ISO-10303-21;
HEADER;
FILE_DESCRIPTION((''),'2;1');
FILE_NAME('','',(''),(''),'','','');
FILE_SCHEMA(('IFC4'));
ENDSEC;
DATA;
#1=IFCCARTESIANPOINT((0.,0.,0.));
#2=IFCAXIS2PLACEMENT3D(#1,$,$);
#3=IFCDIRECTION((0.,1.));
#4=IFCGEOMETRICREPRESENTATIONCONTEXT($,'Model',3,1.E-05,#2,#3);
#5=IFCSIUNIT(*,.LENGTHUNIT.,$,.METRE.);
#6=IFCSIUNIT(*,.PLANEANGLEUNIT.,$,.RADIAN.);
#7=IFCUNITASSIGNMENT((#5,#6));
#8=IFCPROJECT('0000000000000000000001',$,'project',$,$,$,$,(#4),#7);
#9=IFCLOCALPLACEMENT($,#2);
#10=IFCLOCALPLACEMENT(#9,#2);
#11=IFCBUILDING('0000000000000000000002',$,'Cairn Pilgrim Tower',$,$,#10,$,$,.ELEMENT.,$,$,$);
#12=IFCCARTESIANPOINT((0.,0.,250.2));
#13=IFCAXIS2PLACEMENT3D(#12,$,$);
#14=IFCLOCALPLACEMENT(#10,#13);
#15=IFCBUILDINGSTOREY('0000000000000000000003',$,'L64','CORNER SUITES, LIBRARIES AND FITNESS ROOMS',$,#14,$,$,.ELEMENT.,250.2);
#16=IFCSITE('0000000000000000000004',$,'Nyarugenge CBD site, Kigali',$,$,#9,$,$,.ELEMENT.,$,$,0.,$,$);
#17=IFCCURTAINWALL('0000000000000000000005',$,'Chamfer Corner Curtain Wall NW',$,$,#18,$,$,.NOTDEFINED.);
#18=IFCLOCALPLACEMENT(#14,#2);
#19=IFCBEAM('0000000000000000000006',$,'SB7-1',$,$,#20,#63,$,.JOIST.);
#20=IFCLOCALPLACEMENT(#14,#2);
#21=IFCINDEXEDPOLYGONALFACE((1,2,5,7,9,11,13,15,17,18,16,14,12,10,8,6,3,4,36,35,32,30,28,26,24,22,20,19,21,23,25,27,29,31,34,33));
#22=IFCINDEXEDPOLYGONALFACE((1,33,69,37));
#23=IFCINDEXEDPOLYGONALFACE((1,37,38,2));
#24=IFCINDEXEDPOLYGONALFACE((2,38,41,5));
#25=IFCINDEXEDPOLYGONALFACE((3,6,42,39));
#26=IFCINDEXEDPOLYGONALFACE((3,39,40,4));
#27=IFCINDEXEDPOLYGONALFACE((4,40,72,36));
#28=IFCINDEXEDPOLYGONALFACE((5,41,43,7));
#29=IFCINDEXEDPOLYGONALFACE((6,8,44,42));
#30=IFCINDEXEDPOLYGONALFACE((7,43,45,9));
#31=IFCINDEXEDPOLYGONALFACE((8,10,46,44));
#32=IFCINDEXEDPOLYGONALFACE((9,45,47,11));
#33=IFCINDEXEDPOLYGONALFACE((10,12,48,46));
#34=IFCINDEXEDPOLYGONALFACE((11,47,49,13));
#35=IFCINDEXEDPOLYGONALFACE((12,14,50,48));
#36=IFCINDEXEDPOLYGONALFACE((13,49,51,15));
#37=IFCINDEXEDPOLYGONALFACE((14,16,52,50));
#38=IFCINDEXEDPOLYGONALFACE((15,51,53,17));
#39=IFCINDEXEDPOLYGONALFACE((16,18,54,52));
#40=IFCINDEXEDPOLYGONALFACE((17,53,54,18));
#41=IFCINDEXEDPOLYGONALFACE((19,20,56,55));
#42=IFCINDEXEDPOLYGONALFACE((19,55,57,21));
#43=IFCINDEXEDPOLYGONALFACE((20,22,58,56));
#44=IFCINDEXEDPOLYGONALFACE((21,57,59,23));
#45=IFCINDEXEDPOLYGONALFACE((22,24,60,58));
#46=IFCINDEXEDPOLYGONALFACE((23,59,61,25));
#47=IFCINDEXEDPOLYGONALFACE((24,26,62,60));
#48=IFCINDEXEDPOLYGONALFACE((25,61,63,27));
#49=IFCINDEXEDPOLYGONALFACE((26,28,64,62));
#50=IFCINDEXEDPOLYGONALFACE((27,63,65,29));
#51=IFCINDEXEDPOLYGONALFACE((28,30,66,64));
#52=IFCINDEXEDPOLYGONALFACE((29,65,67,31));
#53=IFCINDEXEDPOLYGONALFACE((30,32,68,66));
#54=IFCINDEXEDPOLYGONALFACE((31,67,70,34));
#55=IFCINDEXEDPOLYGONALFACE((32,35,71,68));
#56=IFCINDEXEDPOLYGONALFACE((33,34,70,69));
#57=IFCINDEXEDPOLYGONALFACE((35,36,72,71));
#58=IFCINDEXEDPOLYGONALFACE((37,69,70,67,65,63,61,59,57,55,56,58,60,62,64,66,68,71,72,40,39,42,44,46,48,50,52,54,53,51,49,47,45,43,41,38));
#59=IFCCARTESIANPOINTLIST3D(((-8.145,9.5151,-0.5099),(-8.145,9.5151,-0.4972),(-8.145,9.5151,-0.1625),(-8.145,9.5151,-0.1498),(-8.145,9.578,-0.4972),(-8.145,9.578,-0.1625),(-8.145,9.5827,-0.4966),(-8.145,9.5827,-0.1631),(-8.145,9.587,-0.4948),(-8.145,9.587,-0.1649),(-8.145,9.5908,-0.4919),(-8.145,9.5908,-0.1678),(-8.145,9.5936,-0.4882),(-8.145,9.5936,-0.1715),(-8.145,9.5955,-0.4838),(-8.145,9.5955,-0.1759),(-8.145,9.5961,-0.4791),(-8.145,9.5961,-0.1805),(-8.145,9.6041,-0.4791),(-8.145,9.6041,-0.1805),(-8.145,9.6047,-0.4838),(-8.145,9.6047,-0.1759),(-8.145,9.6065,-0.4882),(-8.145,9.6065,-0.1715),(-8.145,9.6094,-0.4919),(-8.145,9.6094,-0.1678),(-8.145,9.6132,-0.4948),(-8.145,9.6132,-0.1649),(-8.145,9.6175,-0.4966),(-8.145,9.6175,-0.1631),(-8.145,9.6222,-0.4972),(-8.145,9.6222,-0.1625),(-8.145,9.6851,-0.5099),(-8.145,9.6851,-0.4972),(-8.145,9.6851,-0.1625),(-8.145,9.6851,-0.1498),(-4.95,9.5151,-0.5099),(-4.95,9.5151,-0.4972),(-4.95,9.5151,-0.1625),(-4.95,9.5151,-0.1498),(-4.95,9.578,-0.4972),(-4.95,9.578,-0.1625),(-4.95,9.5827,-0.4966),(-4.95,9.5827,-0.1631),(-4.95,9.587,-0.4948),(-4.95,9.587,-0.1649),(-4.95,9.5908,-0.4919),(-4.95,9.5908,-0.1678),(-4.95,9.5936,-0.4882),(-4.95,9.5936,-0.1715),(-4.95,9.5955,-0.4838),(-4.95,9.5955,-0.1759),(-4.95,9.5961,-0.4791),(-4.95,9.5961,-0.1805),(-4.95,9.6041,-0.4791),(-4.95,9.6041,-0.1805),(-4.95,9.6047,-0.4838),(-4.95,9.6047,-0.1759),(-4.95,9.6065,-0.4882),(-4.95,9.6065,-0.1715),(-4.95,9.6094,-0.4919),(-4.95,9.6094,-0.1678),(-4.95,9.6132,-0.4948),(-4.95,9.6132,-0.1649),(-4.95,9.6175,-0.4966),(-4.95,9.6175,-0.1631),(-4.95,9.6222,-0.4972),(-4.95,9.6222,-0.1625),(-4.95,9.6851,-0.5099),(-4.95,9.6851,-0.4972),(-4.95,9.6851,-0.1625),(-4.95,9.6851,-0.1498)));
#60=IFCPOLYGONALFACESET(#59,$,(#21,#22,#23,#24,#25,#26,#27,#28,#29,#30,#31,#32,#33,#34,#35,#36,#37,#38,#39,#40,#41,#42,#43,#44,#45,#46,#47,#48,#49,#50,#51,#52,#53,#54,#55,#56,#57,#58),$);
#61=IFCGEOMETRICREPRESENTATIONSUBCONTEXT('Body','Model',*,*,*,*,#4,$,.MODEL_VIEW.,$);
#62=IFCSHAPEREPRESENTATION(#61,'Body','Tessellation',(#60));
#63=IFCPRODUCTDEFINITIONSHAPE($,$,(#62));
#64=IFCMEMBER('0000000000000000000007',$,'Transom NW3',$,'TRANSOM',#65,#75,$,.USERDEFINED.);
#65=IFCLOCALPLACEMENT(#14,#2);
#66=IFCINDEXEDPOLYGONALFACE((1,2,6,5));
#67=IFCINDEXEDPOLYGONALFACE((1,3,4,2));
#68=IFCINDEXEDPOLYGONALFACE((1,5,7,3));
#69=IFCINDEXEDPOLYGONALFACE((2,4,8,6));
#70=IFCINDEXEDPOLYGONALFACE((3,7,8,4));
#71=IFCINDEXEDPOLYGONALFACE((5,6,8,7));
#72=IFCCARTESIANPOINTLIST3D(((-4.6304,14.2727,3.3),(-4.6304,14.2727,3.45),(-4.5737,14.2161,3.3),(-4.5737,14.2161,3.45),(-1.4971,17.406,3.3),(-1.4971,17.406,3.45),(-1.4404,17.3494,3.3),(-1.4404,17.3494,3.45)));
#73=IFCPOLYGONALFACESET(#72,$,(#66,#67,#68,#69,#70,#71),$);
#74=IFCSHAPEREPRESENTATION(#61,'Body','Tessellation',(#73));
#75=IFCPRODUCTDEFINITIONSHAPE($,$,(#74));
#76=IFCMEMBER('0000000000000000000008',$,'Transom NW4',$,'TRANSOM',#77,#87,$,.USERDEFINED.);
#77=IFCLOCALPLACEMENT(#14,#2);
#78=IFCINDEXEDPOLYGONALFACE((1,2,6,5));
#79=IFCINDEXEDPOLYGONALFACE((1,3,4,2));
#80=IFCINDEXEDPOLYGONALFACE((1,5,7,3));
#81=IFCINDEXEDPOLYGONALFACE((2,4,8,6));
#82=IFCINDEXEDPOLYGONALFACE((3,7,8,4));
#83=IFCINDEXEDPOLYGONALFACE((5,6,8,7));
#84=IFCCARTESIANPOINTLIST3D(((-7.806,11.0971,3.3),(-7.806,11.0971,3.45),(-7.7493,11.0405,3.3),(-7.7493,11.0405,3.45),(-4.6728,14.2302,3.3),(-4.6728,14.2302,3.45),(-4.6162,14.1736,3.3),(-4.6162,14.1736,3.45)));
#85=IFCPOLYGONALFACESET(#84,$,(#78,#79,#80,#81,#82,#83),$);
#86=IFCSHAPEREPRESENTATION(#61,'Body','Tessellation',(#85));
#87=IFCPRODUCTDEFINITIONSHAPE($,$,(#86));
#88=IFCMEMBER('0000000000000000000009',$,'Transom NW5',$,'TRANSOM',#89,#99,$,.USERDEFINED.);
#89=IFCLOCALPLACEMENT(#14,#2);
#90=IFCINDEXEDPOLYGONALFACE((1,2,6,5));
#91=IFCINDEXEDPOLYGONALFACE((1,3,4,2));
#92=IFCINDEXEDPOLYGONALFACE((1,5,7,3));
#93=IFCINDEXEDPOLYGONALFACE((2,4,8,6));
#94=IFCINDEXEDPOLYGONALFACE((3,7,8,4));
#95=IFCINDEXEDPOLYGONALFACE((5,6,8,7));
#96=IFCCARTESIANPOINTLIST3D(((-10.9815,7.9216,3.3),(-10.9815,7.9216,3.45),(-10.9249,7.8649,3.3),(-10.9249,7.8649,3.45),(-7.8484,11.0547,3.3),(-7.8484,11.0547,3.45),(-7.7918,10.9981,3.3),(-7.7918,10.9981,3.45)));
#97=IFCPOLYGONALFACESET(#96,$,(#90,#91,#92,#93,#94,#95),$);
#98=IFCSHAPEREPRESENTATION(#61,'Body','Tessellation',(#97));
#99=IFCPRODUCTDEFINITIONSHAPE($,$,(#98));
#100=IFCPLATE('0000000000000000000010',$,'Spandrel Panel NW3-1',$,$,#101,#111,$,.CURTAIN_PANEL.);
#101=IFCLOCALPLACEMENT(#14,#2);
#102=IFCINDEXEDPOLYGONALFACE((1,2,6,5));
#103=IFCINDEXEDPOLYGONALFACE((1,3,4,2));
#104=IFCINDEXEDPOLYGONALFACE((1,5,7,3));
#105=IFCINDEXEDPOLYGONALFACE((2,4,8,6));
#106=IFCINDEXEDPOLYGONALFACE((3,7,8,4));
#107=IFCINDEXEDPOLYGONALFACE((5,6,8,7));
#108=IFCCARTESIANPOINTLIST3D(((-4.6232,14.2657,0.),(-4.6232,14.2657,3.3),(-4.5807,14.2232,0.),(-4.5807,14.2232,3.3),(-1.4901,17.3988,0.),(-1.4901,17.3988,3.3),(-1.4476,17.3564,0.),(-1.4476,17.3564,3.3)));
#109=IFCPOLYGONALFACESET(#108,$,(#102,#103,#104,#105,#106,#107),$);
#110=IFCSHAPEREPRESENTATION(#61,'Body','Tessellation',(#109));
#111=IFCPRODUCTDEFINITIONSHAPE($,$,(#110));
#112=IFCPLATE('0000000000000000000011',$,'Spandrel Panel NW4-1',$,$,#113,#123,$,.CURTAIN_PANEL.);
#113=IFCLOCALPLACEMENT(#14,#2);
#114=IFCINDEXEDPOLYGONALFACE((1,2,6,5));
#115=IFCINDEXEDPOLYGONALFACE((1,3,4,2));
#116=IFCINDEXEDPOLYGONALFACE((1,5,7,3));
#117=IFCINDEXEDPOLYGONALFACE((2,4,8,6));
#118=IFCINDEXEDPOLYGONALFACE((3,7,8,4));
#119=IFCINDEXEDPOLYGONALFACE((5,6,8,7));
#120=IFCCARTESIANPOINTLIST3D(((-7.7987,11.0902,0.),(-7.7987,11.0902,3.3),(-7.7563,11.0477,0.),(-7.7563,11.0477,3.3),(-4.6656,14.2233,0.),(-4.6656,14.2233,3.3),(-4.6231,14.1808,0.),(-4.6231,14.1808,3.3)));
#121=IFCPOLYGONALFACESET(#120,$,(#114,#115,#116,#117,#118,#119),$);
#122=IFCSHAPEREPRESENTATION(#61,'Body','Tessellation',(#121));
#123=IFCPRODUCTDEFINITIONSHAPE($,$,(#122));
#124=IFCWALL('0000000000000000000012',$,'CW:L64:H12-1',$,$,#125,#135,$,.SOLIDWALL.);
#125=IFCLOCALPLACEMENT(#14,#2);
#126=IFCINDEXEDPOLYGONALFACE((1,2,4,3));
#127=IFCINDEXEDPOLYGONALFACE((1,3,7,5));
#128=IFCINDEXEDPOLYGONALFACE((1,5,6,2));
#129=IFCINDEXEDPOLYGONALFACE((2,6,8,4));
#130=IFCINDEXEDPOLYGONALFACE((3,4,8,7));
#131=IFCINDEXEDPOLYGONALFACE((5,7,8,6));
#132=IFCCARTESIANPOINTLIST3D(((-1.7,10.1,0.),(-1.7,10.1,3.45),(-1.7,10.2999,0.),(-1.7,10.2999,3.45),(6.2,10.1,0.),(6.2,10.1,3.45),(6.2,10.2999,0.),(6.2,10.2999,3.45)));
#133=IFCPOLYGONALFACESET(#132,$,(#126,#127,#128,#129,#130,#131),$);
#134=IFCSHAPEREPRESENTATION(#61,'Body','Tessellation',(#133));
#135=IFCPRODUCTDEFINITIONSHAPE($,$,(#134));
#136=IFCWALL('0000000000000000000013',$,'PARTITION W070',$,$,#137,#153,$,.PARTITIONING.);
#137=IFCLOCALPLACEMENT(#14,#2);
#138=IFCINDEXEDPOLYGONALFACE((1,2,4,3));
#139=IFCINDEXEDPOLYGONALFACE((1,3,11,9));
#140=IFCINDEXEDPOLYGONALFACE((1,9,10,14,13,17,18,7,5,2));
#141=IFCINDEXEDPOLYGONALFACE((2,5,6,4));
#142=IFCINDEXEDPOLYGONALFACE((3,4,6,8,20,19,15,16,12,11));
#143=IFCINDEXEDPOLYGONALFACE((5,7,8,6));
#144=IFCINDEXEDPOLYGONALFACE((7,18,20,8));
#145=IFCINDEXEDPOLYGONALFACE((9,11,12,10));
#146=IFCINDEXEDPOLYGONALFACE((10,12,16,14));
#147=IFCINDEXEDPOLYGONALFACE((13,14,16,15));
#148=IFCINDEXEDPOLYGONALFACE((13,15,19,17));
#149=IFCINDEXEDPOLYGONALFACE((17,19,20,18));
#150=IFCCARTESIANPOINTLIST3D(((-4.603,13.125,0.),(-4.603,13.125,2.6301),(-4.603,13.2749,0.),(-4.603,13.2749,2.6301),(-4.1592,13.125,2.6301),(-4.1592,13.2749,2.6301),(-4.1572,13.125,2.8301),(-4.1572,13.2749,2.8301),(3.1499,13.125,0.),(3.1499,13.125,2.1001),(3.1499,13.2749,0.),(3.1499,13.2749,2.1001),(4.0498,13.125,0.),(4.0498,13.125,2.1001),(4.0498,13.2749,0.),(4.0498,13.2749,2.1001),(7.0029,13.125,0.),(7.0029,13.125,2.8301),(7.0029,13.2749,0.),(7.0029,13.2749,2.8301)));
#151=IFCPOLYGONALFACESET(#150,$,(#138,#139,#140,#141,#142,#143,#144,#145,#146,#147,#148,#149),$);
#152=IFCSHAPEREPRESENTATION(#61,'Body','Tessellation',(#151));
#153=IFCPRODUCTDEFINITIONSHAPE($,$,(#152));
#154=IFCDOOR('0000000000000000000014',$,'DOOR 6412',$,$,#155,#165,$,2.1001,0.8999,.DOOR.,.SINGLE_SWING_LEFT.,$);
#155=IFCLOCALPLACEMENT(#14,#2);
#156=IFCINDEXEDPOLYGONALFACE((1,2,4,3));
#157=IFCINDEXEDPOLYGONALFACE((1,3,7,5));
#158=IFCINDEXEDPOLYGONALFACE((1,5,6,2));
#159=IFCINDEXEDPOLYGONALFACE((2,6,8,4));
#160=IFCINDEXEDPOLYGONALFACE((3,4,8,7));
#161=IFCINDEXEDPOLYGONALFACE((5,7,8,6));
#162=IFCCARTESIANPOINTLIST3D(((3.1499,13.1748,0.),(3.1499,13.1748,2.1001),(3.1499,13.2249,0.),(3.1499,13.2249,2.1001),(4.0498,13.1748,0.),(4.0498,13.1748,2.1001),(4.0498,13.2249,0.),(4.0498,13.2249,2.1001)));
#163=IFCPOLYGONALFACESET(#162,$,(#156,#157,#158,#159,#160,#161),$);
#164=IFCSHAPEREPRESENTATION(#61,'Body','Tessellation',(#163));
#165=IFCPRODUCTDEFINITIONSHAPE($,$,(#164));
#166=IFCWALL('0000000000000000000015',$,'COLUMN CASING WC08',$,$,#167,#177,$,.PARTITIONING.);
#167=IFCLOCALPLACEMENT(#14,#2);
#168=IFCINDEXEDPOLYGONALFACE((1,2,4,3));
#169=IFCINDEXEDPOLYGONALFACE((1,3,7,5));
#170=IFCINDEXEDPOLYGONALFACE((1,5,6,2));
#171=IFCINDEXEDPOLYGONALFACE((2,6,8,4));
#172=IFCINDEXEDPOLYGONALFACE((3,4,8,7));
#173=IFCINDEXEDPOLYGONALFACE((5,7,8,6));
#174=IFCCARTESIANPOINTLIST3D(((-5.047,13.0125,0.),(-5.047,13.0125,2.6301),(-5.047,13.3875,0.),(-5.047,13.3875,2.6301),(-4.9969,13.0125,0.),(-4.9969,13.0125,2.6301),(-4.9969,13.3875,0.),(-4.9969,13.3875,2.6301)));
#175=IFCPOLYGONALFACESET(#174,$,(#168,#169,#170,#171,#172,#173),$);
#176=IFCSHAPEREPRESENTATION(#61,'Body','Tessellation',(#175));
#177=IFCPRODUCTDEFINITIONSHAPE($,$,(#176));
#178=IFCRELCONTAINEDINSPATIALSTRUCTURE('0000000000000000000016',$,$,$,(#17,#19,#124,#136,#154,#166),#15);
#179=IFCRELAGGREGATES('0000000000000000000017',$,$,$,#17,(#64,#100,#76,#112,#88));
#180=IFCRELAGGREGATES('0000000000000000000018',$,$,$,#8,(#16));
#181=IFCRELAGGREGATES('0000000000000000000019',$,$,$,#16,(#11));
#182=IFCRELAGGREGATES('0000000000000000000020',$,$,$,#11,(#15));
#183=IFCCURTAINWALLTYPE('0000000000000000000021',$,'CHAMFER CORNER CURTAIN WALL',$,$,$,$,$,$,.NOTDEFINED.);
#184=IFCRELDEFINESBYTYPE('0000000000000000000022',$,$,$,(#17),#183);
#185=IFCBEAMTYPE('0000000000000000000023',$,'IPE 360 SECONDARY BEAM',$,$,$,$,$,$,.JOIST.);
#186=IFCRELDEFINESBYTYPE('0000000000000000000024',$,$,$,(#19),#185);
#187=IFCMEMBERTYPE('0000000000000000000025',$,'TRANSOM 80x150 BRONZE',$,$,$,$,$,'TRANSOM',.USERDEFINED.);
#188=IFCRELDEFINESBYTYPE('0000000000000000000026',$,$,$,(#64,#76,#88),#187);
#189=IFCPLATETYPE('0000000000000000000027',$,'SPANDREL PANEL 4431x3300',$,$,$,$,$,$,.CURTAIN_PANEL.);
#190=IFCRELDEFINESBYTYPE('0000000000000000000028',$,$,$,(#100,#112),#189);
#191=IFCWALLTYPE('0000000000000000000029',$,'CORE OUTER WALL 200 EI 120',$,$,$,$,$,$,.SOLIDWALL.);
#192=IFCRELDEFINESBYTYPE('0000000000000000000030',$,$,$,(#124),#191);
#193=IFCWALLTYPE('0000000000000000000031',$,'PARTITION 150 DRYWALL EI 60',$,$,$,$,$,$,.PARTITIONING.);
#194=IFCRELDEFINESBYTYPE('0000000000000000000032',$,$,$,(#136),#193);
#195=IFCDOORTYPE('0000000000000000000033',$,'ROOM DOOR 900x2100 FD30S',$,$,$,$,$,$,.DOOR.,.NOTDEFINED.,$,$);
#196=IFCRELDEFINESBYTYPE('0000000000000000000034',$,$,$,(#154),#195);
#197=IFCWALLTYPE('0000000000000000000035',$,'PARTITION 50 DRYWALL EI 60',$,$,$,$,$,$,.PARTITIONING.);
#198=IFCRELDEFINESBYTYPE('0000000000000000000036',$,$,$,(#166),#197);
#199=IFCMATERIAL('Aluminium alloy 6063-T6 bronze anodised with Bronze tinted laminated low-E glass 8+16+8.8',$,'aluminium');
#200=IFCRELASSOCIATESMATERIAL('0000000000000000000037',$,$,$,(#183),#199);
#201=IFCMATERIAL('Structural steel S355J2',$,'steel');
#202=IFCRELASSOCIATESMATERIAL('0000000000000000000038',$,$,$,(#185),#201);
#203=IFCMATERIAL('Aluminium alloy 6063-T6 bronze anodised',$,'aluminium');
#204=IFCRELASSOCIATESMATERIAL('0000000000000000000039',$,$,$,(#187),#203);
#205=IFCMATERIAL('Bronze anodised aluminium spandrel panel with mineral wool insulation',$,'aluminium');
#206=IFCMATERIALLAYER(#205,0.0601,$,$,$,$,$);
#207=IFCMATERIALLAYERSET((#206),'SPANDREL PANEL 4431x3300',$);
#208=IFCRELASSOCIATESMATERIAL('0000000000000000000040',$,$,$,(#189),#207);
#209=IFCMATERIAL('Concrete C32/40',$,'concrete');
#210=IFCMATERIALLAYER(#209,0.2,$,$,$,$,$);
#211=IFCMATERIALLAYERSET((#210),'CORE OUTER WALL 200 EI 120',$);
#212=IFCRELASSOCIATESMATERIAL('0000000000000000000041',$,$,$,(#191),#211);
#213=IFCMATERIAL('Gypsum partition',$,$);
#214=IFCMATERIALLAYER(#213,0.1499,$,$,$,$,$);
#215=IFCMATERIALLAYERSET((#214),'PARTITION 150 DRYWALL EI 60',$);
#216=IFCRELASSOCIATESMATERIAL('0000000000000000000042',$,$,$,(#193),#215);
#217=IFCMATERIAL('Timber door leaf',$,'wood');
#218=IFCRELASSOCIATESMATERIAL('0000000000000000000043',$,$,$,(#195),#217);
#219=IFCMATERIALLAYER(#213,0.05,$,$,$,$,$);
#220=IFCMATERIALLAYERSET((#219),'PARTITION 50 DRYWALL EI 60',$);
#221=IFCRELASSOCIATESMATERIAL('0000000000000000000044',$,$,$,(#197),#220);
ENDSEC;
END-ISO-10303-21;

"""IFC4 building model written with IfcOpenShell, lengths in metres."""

from ifc_helpers import new_model, si_unit, direction, frame, frame_2d, origin, origin_2d, place, context, subcontext, project, spatial, polyline, rectangle, i_section, outline, extrude, material, layer, layer_set, material_profile, profile_set, type_object, element, fill, aggregate, save


model = new_model("IFC4")

# Units and contexts
model_context = context("Model", 3, precision=1e-05, world=origin(), true_north=direction((0.0, 1.0)))
body_context = subcontext(model_context, "Body", "Model", "MODEL_VIEW")
ifc_project = project(units=[si_unit("LENGTHUNIT", "METRE"), si_unit("PLANEANGLEUNIT", "RADIAN")], contexts=[model_context])

# Site, building, storey
site_placement = place(None, origin())
site = spatial("IfcSite", under=ifc_project, at=site_placement, Name="Nyarugenge CBD site, Kigali", CompositionType="ELEMENT", RefElevation=0.0)
building_placement = place(site_placement, origin())
building = spatial("IfcBuilding", under=site, at=building_placement, Name="Cairn Pilgrim Tower", CompositionType="ELEMENT")
storey_placement = place(building_placement, frame((0.0, 0.0, 250.2)))
storey = spatial("IfcBuildingStorey", under=building, at=storey_placement, Name="L64", Description="CORNER SUITES, LIBRARIES AND FITNESS ROOMS", CompositionType="ELEMENT", Elevation=250.2)

# Shared definitions
ifc_material_1 = material(Name="Structural steel S355J2", Category="steel")

# Curtain wall
ifc_material_2 = material(Name="Aluminium alloy 6063-T6 bronze anodised with Bronze tinted laminated low-E glass 8+16+8.8", Category="aluminium")
curtain_wall_type = type_object("IfcCurtainWallType", Name="CHAMFER CORNER CURTAIN WALL", PredefinedType="NOTDEFINED", material=ifc_material_2)
curtain_wall_placement = place(storey_placement, origin())
curtain_wall = element("IfcCurtainWall", 1, at=curtain_wall_placement, inside=storey, type_object=curtain_wall_type, Name="Chamfer Corner Curtain Wall NW", PredefinedType="NOTDEFINED")
ifc_material_3 = material(Name="Aluminium alloy 6063-T6 bronze anodised", Category="aluminium")

# Beam
ifc_material_profile_1 = material_profile(ifc_material_1, i_section(OverallWidth=0.1699, OverallDepth=0.3601, WebThickness=0.0081, FlangeThickness=0.0127, FilletRadius=0.0181, at=origin_2d()), Name="IPE 360")
ifc_profile_set_1 = profile_set([ifc_material_profile_1], Name="Structural steel S355J2")
beam_type_1 = type_object("IfcBeamType", Name="IPE 360 SECONDARY BEAM", PredefinedType="JOIST", material=ifc_profile_set_1)
beam_1_placement = place(storey_placement, frame((-8.145, 9.6001, -0.3298), z_axis=(1.0, 0.0, 0.0), x_axis=(0.0, 1.0, 0.0)))
element("IfcBeam", 2, at=beam_1_placement, inside=storey, type_object=beam_type_1, Name="SB7-1", PredefinedType="JOIST", context=body_context, shape_type="SweptSolid", body=[
    extrude(i_section(OverallWidth=0.1699, OverallDepth=0.3601, WebThickness=0.0081, FlangeThickness=0.0127, FilletRadius=0.0181, at=origin_2d()), origin(), (0.0, 0.0, 1.0), 3.1951),
])

# Members
ifc_material_profile_2 = material_profile(ifc_material_3, rectangle(XDim=0.0801, YDim=0.1499, at=origin_2d()), Name="TRANSOM 80x150 BRONZE")
ifc_profile_set_2 = profile_set([ifc_material_profile_2], Name="Aluminium alloy 6063-T6 bronze anodised")
member_type_1 = type_object("IfcMemberType", Name="TRANSOM 80x150 BRONZE", ElementType="TRANSOM", PredefinedType="USERDEFINED", material=ifc_profile_set_2)
member_1_placement = place(storey_placement, frame((-1.4688, 17.3777, 3.375), z_axis=(-0.707107, -0.707107, 0.0), x_axis=(0.707107, -0.707107, 0.0)))
member_1 = element("IfcMember", 3, at=member_1_placement, type_object=member_type_1, Name="Transom NW3", ObjectType="TRANSOM", PredefinedType="USERDEFINED", context=body_context, shape_type="SweptSolid", body=[
    extrude(rectangle(XDim=0.0801, YDim=0.1499, at=origin_2d()), origin(), (0.0, 0.0, 1.0), 4.4312),
])
member_2_placement = place(storey_placement, frame((-4.6445, 14.2019, 3.375), z_axis=(-0.707107, -0.707107, 0.0), x_axis=(0.707107, -0.707107, 0.0)))
member_2 = element("IfcMember", 4, at=member_2_placement, type_object=member_type_1, Name="Transom NW4", ObjectType="TRANSOM", PredefinedType="USERDEFINED", context=body_context, shape_type="SweptSolid", body=[
    extrude(rectangle(XDim=0.0801, YDim=0.1499, at=origin_2d()), origin(), (0.0, 0.0, 1.0), 4.4309),
])
member_3_placement = place(storey_placement, frame((-7.8201, 11.0264, 3.375), z_axis=(-0.707107, -0.707107, 0.0), x_axis=(0.707107, -0.707107, 0.0)))
member_3 = element("IfcMember", 5, at=member_3_placement, type_object=member_type_1, Name="Transom NW5", ObjectType="TRANSOM", PredefinedType="USERDEFINED", context=body_context, shape_type="SweptSolid", body=[
    extrude(rectangle(XDim=0.0801, YDim=0.1499, at=origin_2d()), origin(), (0.0, 0.0, 1.0), 4.4309),
])

# Plates
ifc_material_4 = material(Name="Bronze anodised aluminium spandrel panel with mineral wool insulation", Category="aluminium")
ifc_layer_1 = layer(ifc_material_4, 0.0601)
ifc_layer_set_1 = layer_set([ifc_layer_1], Name="SPANDREL PANEL 4431x3300")
plate_type = type_object("IfcPlateType", Name="SPANDREL PANEL 4431x3300", PredefinedType="CURTAIN_PANEL", material=ifc_layer_set_1)
plate_1_placement = place(storey_placement, frame((-3.0354, 15.811, 0.0), z_axis=(0.0, 0.0, 1.0), x_axis=(-0.707107, -0.707107, 0.0)))
plate_1 = element("IfcPlate", 6, at=plate_1_placement, type_object=plate_type, Name="Spandrel Panel NW3-1", PredefinedType="CURTAIN_PANEL", context=body_context, shape_type="SweptSolid", body=[
    extrude(rectangle(XDim=4.4309, YDim=0.0601, at=origin_2d()), origin(), (0.0, 0.0, 1.0), 3.3),
])
plate_2_placement = place(storey_placement, frame((-6.2109, 12.6355, 0.0), z_axis=(0.0, 0.0, 1.0), x_axis=(-0.707107, -0.707107, 0.0)))
plate_2 = element("IfcPlate", 7, at=plate_2_placement, type_object=plate_type, Name="Spandrel Panel NW4-1", PredefinedType="CURTAIN_PANEL", context=body_context, shape_type="SweptSolid", body=[
    extrude(rectangle(XDim=4.4309, YDim=0.0601, at=origin_2d()), origin(), (0.0, 0.0, 1.0), 3.3),
])
aggregate(curtain_wall, [member_1, plate_1, member_2, plate_2, member_3])

# Wall
ifc_material_5 = material(Name="Concrete C32/40", Category="concrete")
ifc_layer_2 = layer(ifc_material_5, 0.2)
ifc_layer_set_2 = layer_set([ifc_layer_2], Name="CORE OUTER WALL 200 EI 120")
wall_type_1 = type_object("IfcWallType", Name="CORE OUTER WALL 200 EI 120", PredefinedType="SOLIDWALL", material=ifc_layer_set_2)
wall_1_placement = place(storey_placement, frame((-1.7, 10.2, 0.0), z_axis=(0.0, 0.0, 1.0), x_axis=(1.0, 0.0, 0.0)))
element("IfcWall", 8, at=wall_1_placement, inside=storey, type_object=wall_type_1, Name="CW:L64:H12-1", PredefinedType="SOLIDWALL", context=body_context, shape_type="SweptSolid", body=[
    extrude(rectangle(XDim=7.8999, YDim=0.2, at=frame_2d((3.95, 0.0))), origin(), (0.0, 0.0, 1.0), 3.45),
])

# Wall, opening, door
ifc_material_6 = material(Name="Gypsum partition")
ifc_layer_3 = layer(ifc_material_6, 0.1499)
ifc_layer_set_3 = layer_set([ifc_layer_3], Name="PARTITION 150 DRYWALL EI 60")
wall_type_2 = type_object("IfcWallType", Name="PARTITION 150 DRYWALL EI 60", PredefinedType="PARTITIONING", material=ifc_layer_set_3)
wall_2_placement = place(storey_placement, frame((-4.603, 13.2, 0.0), z_axis=(0.0, 0.0, 1.0), x_axis=(1.0, 0.0, 0.0)))
wall_2 = element("IfcWall", 9, at=wall_2_placement, inside=storey, type_object=wall_type_2, Name="PARTITION W070", PredefinedType="PARTITIONING", context=body_context, shape_type="SweptSolid", body=[
    extrude(outline(polyline([(0.0, 0.0), (11.606, 0.0), (11.606, 2.8301), (0.4458, 2.8301), (0.4438, 2.6301), (0.0, 2.6301), (0.0, 0.0)])), frame((0.0, 0.075, 0.0), z_axis=(0.0, -1.0, 0.0), x_axis=(1.0, 0.0, 0.0)), (0.0, 0.0, 1.0), 0.1499),
])
opening_placement = place(wall_2_placement, frame((7.7529, 0.0, 0.0)))
opening = element("IfcOpeningElement", 10, at=opening_placement, cuts=wall_2, PredefinedType="OPENING", context=body_context, shape_type="SweptSolid", body=[
    extrude(rectangle(XDim=0.8999, YDim=2.1001, at=frame_2d((0.45, 1.05))), frame((0.0, 0.085, 0.0), z_axis=(0.0, -1.0, 0.0), x_axis=(1.0, 0.0, 0.0)), (0.0, 0.0, 1.0), 0.1699),
])
ifc_material_7 = material(Name="Timber door leaf", Category="wood")
door_type = type_object("IfcDoorType", Name="ROOM DOOR 900x2100 FD30S", OperationType="NOTDEFINED", PredefinedType="DOOR", material=ifc_material_7)
door_placement = place(opening_placement, origin())
door = element("IfcDoor", 11, at=door_placement, inside=storey, type_object=door_type, Name="DOOR 6412", OperationType="SINGLE_SWING_LEFT", OverallHeight=2.1001, OverallWidth=0.8999, PredefinedType="DOOR", context=body_context, shape_type="SweptSolid", body=[
    extrude(rectangle(XDim=0.8999, YDim=2.1001, at=frame_2d((0.45, 1.05))), frame((0.0, 0.0249, 0.0), z_axis=(0.0, -1.0, 0.0), x_axis=(1.0, 0.0, 0.0)), (0.0, 0.0, 1.0), 0.05),
])
fill(opening, door)

# Wall
ifc_layer_4 = layer(ifc_material_6, 0.05)
ifc_layer_set_4 = layer_set([ifc_layer_4], Name="PARTITION 50 DRYWALL EI 60")
wall_type_3 = type_object("IfcWallType", Name="PARTITION 50 DRYWALL EI 60", PredefinedType="PARTITIONING", material=ifc_layer_set_4)
wall_3_placement = place(storey_placement, frame((-5.022, 13.0125, 0.0), z_axis=(0.0, 0.0, 1.0), x_axis=(0.0, 1.0, 0.0)))
element("IfcWall", 12, at=wall_3_placement, inside=storey, type_object=wall_type_3, Name="COLUMN CASING WC08", PredefinedType="PARTITIONING", context=body_context, shape_type="SweptSolid", body=[
    extrude(rectangle(XDim=0.375, YDim=0.05, at=frame_2d((0.1875, 0.0))), origin(), (0.0, 0.0, 1.0), 2.6301),
])

save(model, "model.ifc")
